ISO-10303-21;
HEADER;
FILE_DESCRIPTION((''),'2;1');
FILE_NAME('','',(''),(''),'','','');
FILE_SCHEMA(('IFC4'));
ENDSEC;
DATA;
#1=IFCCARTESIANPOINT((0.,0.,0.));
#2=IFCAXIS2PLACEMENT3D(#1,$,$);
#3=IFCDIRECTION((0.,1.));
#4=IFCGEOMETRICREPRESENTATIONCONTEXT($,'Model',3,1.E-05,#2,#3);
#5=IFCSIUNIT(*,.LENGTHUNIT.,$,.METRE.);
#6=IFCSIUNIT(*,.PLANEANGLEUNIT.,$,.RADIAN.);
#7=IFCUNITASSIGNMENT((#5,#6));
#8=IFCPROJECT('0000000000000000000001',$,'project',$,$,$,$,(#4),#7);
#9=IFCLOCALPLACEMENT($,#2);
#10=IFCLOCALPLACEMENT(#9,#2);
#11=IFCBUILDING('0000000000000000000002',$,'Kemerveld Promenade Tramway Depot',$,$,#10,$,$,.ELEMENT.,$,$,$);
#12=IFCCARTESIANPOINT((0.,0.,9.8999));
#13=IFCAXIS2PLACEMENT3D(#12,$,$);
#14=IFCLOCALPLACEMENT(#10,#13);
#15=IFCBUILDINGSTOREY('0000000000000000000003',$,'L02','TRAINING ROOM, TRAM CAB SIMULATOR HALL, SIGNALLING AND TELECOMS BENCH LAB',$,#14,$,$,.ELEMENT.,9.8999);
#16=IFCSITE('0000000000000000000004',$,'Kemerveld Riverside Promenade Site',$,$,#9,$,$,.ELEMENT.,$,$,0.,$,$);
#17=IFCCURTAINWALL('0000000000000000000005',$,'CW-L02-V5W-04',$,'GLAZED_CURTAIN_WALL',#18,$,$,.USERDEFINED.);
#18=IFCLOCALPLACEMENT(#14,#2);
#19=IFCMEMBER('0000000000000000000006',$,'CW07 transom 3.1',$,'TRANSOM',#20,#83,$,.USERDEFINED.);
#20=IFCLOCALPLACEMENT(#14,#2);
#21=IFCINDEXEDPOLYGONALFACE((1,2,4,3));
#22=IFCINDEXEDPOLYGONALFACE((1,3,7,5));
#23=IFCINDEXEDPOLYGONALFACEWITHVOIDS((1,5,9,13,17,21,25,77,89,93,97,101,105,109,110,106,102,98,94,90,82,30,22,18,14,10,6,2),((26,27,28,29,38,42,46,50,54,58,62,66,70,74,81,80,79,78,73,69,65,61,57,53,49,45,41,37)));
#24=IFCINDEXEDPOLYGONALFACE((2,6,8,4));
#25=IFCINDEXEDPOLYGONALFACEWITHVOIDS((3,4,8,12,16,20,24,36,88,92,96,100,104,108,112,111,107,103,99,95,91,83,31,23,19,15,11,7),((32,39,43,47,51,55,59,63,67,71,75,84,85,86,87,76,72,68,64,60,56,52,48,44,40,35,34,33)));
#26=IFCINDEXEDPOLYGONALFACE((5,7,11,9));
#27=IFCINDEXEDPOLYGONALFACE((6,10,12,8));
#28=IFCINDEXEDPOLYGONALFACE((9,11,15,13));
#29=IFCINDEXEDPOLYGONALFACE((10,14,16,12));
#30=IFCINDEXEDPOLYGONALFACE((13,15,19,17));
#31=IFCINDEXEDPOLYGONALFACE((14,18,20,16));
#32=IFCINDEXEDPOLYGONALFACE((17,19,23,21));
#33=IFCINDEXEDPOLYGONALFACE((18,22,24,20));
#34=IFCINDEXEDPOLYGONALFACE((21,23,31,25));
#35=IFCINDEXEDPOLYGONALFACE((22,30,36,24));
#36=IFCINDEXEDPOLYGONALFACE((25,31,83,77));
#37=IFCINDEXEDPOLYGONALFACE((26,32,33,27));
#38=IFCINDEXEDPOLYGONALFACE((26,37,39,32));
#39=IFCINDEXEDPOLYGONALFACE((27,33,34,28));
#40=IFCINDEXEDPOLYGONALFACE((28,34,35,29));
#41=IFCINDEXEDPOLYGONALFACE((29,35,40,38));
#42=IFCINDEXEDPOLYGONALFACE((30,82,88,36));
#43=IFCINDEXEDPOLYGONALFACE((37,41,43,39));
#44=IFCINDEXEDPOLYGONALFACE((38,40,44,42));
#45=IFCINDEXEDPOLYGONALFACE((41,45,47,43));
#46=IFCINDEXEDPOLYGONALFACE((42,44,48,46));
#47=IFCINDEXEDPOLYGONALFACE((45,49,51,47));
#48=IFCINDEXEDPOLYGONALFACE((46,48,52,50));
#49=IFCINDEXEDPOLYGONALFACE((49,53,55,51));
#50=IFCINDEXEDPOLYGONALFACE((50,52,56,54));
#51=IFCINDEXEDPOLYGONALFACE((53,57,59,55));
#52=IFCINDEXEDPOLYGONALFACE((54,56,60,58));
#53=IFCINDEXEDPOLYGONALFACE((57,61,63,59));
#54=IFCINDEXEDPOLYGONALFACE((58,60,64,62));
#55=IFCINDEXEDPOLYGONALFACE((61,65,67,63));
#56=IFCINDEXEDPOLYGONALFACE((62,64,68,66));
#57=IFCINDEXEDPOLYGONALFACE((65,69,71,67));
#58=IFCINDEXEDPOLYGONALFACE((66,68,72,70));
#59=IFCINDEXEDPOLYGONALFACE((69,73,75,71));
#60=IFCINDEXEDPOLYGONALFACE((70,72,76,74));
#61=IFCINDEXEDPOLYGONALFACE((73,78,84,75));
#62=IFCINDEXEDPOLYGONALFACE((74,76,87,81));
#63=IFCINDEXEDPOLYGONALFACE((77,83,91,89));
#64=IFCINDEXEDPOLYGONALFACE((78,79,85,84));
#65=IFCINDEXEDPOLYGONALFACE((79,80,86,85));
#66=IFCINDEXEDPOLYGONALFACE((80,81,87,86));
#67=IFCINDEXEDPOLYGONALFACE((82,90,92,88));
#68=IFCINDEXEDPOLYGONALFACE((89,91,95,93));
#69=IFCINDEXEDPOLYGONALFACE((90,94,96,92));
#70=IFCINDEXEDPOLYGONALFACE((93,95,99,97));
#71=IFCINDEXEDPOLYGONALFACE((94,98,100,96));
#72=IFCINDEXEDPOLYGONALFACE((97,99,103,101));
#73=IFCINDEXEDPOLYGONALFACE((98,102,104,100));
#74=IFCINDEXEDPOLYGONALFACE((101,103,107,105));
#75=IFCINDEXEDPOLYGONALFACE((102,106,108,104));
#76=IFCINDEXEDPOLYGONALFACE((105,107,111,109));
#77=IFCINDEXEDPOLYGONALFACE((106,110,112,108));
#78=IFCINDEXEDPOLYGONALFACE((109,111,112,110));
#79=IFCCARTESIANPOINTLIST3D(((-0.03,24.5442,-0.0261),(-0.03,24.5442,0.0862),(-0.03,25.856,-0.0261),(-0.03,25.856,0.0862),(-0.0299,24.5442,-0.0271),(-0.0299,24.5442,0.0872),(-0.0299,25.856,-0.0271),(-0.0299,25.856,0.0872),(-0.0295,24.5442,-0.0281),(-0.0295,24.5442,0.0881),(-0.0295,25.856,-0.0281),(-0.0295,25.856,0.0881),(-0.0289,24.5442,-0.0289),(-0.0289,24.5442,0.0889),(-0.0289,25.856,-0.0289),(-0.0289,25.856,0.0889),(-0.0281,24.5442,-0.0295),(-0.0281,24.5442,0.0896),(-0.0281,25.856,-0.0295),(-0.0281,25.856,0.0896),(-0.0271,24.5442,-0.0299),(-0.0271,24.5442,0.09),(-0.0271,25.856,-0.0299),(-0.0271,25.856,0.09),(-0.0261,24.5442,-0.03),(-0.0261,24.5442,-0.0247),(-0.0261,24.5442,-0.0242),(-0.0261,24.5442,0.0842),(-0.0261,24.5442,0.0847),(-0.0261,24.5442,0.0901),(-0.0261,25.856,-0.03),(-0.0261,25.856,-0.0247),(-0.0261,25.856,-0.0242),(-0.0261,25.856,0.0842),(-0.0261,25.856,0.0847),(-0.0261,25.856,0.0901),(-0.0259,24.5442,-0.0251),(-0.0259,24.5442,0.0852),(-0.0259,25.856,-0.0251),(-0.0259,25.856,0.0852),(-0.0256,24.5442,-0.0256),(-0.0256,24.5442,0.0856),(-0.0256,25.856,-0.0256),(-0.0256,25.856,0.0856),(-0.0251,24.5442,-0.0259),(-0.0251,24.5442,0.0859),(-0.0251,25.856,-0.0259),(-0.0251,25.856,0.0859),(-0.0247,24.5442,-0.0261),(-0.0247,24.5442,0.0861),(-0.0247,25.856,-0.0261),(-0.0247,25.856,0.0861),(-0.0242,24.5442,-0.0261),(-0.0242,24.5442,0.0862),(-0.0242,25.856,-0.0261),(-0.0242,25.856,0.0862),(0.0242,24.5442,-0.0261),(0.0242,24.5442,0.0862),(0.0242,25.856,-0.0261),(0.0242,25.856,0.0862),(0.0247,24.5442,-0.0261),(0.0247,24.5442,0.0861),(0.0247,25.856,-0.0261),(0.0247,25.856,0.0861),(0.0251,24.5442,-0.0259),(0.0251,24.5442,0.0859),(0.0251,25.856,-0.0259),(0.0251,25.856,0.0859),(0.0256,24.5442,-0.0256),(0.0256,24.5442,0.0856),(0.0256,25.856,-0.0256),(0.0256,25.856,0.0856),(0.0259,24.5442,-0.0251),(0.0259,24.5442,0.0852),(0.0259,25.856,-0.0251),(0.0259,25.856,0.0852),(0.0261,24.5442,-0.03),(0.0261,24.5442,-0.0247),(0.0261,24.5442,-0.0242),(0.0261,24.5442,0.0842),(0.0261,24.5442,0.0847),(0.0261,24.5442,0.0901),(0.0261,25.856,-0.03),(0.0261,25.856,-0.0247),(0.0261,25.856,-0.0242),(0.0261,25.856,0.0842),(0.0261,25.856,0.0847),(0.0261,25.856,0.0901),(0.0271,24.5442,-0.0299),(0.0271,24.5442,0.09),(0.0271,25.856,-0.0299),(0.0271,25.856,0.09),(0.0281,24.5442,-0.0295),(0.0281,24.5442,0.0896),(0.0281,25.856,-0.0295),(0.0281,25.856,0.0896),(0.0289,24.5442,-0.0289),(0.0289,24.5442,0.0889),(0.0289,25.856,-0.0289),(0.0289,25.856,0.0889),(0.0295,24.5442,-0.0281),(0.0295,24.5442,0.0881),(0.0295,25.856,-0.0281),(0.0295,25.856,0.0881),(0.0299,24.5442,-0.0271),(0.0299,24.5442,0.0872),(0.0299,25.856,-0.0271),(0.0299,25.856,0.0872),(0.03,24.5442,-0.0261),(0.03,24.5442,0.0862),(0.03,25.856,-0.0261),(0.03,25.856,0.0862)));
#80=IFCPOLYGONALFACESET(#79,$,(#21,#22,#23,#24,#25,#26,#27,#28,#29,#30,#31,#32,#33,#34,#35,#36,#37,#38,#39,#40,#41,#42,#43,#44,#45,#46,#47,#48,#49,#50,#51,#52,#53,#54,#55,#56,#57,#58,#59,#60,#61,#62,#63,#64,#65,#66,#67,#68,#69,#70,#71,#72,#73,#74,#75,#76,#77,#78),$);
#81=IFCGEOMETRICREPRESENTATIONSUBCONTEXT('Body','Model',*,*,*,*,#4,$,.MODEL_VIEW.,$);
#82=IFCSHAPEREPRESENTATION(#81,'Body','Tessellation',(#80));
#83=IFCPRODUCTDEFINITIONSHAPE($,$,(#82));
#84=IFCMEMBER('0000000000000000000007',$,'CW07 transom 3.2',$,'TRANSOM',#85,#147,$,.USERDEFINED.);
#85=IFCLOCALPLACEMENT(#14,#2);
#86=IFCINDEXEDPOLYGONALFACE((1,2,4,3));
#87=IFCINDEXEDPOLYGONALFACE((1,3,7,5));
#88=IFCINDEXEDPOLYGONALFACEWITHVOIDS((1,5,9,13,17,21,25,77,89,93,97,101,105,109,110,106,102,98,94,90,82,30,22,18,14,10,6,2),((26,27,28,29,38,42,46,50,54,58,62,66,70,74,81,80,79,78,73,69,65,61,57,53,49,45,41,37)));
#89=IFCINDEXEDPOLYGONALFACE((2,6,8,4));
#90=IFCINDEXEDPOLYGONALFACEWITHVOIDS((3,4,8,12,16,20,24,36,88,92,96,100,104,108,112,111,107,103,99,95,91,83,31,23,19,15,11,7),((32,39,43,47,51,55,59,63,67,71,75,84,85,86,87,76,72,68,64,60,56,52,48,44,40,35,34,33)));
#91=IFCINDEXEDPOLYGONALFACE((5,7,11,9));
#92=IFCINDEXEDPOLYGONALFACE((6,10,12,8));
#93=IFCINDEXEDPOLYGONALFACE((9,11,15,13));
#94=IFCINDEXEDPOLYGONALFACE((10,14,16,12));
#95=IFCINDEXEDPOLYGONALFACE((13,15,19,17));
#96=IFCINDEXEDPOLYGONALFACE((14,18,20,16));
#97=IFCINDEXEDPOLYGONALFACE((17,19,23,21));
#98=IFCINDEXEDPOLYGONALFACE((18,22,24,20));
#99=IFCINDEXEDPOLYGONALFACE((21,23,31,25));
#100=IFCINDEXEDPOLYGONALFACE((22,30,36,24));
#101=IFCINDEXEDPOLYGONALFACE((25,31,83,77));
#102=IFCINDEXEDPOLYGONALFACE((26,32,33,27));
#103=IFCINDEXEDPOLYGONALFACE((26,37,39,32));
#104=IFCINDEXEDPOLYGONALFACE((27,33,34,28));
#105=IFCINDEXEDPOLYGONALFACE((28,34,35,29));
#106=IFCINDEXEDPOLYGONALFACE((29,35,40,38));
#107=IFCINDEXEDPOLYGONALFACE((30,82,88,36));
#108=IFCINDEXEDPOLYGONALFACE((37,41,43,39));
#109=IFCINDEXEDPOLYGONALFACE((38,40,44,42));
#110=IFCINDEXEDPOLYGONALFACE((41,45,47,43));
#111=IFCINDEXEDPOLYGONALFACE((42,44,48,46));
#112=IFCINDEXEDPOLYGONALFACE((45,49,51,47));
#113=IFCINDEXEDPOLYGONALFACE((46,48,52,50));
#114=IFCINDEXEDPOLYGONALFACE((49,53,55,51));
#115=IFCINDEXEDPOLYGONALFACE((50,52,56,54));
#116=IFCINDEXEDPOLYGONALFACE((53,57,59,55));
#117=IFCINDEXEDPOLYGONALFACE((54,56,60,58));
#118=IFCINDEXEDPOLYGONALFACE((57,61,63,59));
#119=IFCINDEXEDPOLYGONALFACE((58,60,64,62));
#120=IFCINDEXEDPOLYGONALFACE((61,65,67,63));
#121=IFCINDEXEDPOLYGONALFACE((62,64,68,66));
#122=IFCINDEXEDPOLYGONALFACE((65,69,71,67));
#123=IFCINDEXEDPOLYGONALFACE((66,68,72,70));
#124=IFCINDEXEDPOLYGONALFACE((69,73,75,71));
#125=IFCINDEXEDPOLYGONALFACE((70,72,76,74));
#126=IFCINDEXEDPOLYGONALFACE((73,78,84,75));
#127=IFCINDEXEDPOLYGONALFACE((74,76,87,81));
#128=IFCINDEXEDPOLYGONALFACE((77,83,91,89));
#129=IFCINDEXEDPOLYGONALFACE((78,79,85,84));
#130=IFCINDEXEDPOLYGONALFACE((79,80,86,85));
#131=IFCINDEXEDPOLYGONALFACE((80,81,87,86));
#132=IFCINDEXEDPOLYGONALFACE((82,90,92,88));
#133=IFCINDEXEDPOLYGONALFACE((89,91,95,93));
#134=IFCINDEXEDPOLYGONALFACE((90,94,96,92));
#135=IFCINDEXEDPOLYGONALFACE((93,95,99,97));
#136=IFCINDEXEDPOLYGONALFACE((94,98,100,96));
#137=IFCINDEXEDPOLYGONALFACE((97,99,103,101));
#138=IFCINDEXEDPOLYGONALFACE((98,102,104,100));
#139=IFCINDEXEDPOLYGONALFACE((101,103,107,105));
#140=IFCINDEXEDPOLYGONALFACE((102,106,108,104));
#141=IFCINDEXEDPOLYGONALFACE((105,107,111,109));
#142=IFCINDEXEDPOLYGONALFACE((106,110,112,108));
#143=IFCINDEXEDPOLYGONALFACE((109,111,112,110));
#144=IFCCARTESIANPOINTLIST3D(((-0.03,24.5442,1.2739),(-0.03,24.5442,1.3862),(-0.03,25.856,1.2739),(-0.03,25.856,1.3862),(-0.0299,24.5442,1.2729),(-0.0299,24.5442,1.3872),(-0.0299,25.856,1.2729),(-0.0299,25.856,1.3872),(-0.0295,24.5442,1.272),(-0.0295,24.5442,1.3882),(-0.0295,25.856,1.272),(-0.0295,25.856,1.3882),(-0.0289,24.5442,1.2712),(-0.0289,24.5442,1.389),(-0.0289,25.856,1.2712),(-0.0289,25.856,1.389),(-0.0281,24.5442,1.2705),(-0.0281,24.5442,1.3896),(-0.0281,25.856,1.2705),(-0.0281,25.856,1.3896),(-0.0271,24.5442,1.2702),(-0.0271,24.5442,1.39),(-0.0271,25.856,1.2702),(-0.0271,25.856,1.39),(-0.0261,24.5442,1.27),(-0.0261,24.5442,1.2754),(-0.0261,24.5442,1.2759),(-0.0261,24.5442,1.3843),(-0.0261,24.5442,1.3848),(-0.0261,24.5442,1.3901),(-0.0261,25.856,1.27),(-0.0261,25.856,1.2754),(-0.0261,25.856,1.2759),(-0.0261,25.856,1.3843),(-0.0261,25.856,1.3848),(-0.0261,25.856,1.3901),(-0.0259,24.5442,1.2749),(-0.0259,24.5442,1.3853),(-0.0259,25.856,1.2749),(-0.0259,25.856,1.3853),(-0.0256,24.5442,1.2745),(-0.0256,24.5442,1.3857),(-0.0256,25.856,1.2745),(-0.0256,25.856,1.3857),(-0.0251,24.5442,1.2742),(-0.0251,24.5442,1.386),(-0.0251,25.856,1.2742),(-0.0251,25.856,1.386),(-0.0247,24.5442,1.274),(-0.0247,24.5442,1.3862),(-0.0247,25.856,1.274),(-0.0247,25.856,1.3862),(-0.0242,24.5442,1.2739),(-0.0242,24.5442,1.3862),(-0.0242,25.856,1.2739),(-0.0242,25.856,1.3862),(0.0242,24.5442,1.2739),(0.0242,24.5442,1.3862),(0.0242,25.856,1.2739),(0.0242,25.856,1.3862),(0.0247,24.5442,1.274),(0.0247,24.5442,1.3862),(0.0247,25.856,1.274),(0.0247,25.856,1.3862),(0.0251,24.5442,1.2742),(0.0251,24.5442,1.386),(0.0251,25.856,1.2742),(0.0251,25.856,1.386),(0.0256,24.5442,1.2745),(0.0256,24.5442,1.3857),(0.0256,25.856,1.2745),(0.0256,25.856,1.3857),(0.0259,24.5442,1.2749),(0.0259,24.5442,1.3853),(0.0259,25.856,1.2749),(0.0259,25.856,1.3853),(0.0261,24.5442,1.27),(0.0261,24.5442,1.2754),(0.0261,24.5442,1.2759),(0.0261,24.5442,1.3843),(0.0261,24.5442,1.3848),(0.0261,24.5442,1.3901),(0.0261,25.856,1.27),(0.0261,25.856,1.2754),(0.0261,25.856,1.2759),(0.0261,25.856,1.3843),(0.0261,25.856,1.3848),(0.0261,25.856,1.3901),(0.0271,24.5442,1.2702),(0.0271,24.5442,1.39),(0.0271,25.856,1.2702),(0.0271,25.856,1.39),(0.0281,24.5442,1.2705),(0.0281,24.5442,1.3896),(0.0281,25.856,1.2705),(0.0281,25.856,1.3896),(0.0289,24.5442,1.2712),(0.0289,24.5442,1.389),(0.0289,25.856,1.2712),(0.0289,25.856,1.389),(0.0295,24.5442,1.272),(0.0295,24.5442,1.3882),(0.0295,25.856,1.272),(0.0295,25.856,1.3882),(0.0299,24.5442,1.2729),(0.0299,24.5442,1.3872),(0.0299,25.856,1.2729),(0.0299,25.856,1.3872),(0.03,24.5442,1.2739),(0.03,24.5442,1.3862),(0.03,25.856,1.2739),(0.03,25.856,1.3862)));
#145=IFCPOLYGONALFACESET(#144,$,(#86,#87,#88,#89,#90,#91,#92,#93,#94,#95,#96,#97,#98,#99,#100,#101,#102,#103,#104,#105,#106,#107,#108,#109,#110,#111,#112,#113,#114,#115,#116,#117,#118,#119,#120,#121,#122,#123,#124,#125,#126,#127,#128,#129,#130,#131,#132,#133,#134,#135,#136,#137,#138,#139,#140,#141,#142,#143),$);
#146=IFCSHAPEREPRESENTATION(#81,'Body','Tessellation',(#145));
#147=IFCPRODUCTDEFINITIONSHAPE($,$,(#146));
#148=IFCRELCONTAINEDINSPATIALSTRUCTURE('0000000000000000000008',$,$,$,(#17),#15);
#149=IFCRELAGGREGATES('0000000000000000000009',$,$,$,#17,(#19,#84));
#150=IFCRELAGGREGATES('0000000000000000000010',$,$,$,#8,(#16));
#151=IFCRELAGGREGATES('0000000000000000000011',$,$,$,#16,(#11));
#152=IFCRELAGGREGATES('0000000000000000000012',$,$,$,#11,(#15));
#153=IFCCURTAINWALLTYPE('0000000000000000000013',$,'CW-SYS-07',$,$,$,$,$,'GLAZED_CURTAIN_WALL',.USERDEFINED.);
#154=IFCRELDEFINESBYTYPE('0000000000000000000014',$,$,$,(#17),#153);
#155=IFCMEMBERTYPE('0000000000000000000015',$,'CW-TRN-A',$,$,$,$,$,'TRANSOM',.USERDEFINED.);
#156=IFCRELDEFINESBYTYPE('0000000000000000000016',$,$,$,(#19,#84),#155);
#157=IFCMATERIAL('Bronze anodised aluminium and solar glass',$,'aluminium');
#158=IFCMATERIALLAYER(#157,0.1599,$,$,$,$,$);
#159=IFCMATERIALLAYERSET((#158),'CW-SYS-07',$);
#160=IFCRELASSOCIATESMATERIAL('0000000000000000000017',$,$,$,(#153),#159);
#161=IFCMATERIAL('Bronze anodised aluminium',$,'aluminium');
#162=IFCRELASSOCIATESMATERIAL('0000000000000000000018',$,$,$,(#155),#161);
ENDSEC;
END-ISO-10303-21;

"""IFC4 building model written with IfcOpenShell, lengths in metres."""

from ifc_helpers import new_model, si_unit, direction, frame, origin, origin_2d, place, context, subcontext, project, spatial, hollow_rectangle, extrude, material, layer, layer_set, material_profile, profile_set, type_object, element, aggregate, save


model = new_model("IFC4")

# Units and contexts
model_context = context("Model", 3, precision=1e-05, world=origin(), true_north=direction((0.0, 1.0)))
body_context = subcontext(model_context, "Body", "Model", "MODEL_VIEW")
ifc_project = project(units=[si_unit("LENGTHUNIT", "METRE"), si_unit("PLANEANGLEUNIT", "RADIAN")], contexts=[model_context])

# Site, building, storey
site_placement = place(None, origin())
site = spatial("IfcSite", under=ifc_project, at=site_placement, Name="Kemerveld Riverside Promenade Site", CompositionType="ELEMENT", RefElevation=0.0)
building_placement = place(site_placement, origin())
building = spatial("IfcBuilding", under=site, at=building_placement, Name="Kemerveld Promenade Tramway Depot", CompositionType="ELEMENT")
storey_placement = place(building_placement, frame((0.0, 0.0, 9.8999)))
storey = spatial("IfcBuildingStorey", under=building, at=storey_placement, Name="L02", Description="TRAINING ROOM, TRAM CAB SIMULATOR HALL, SIGNALLING AND TELECOMS BENCH LAB", CompositionType="ELEMENT", Elevation=9.8999)

# Curtain wall, members
ifc_material_1 = material(Name="Bronze anodised aluminium and solar glass", Category="aluminium")
ifc_layer_1 = layer(ifc_material_1, 0.1599)
ifc_layer_set_1 = layer_set([ifc_layer_1], Name="CW-SYS-07")
curtain_wall_type = type_object("IfcCurtainWallType", Name="CW-SYS-07", ElementType="GLAZED_CURTAIN_WALL", PredefinedType="USERDEFINED", material=ifc_layer_set_1)
curtain_wall_placement = place(storey_placement, origin())
curtain_wall = element("IfcCurtainWall", 1, at=curtain_wall_placement, inside=storey, type_object=curtain_wall_type, Name="CW-L02-V5W-04", ObjectType="GLAZED_CURTAIN_WALL", PredefinedType="USERDEFINED")
ifc_material_2 = material(Name="Bronze anodised aluminium", Category="aluminium")
ifc_material_profile_1 = material_profile(ifc_material_2, hollow_rectangle(XDim=0.0601, YDim=0.1201, WallThickness=0.0039, InnerFilletRadius=0.002, OuterFilletRadius=0.0039, at=origin_2d()), Name="CW-TRN-120x60")
ifc_profile_set_1 = profile_set([ifc_material_profile_1], Name="Bronze anodised aluminium")
member_type_1 = type_object("IfcMemberType", Name="CW-TRN-A", ElementType="TRANSOM", PredefinedType="USERDEFINED", material=ifc_profile_set_1)
member_1_placement = place(storey_placement, frame((0.0, 24.5442, 0.03), z_axis=(0.0, 1.0, 0.0), x_axis=(-1.0, 0.0, 0.0)))
member_1 = element("IfcMember", 2, at=member_1_placement, type_object=member_type_1, Name="CW07 transom 3.1", ObjectType="TRANSOM", PredefinedType="USERDEFINED", context=body_context, shape_type="SweptSolid", body=[
    extrude(hollow_rectangle(XDim=0.0601, YDim=0.1201, WallThickness=0.0039, InnerFilletRadius=0.002, OuterFilletRadius=0.0039, at=origin_2d()), origin(), (0.0, 0.0, 1.0), 1.3118),
])
member_2_placement = place(storey_placement, frame((0.0, 24.5442, 1.3301), z_axis=(0.0, 1.0, 0.0), x_axis=(-1.0, 0.0, 0.0)))
member_2 = element("IfcMember", 3, at=member_2_placement, type_object=member_type_1, Name="CW07 transom 3.2", ObjectType="TRANSOM", PredefinedType="USERDEFINED", context=body_context, shape_type="SweptSolid", body=[
    extrude(hollow_rectangle(XDim=0.0601, YDim=0.1201, WallThickness=0.0039, InnerFilletRadius=0.002, OuterFilletRadius=0.0039, at=origin_2d()), origin(), (0.0, 0.0, 1.0), 1.3118),
])
aggregate(curtain_wall, [member_1, member_2])

save(model, "model.ifc")
